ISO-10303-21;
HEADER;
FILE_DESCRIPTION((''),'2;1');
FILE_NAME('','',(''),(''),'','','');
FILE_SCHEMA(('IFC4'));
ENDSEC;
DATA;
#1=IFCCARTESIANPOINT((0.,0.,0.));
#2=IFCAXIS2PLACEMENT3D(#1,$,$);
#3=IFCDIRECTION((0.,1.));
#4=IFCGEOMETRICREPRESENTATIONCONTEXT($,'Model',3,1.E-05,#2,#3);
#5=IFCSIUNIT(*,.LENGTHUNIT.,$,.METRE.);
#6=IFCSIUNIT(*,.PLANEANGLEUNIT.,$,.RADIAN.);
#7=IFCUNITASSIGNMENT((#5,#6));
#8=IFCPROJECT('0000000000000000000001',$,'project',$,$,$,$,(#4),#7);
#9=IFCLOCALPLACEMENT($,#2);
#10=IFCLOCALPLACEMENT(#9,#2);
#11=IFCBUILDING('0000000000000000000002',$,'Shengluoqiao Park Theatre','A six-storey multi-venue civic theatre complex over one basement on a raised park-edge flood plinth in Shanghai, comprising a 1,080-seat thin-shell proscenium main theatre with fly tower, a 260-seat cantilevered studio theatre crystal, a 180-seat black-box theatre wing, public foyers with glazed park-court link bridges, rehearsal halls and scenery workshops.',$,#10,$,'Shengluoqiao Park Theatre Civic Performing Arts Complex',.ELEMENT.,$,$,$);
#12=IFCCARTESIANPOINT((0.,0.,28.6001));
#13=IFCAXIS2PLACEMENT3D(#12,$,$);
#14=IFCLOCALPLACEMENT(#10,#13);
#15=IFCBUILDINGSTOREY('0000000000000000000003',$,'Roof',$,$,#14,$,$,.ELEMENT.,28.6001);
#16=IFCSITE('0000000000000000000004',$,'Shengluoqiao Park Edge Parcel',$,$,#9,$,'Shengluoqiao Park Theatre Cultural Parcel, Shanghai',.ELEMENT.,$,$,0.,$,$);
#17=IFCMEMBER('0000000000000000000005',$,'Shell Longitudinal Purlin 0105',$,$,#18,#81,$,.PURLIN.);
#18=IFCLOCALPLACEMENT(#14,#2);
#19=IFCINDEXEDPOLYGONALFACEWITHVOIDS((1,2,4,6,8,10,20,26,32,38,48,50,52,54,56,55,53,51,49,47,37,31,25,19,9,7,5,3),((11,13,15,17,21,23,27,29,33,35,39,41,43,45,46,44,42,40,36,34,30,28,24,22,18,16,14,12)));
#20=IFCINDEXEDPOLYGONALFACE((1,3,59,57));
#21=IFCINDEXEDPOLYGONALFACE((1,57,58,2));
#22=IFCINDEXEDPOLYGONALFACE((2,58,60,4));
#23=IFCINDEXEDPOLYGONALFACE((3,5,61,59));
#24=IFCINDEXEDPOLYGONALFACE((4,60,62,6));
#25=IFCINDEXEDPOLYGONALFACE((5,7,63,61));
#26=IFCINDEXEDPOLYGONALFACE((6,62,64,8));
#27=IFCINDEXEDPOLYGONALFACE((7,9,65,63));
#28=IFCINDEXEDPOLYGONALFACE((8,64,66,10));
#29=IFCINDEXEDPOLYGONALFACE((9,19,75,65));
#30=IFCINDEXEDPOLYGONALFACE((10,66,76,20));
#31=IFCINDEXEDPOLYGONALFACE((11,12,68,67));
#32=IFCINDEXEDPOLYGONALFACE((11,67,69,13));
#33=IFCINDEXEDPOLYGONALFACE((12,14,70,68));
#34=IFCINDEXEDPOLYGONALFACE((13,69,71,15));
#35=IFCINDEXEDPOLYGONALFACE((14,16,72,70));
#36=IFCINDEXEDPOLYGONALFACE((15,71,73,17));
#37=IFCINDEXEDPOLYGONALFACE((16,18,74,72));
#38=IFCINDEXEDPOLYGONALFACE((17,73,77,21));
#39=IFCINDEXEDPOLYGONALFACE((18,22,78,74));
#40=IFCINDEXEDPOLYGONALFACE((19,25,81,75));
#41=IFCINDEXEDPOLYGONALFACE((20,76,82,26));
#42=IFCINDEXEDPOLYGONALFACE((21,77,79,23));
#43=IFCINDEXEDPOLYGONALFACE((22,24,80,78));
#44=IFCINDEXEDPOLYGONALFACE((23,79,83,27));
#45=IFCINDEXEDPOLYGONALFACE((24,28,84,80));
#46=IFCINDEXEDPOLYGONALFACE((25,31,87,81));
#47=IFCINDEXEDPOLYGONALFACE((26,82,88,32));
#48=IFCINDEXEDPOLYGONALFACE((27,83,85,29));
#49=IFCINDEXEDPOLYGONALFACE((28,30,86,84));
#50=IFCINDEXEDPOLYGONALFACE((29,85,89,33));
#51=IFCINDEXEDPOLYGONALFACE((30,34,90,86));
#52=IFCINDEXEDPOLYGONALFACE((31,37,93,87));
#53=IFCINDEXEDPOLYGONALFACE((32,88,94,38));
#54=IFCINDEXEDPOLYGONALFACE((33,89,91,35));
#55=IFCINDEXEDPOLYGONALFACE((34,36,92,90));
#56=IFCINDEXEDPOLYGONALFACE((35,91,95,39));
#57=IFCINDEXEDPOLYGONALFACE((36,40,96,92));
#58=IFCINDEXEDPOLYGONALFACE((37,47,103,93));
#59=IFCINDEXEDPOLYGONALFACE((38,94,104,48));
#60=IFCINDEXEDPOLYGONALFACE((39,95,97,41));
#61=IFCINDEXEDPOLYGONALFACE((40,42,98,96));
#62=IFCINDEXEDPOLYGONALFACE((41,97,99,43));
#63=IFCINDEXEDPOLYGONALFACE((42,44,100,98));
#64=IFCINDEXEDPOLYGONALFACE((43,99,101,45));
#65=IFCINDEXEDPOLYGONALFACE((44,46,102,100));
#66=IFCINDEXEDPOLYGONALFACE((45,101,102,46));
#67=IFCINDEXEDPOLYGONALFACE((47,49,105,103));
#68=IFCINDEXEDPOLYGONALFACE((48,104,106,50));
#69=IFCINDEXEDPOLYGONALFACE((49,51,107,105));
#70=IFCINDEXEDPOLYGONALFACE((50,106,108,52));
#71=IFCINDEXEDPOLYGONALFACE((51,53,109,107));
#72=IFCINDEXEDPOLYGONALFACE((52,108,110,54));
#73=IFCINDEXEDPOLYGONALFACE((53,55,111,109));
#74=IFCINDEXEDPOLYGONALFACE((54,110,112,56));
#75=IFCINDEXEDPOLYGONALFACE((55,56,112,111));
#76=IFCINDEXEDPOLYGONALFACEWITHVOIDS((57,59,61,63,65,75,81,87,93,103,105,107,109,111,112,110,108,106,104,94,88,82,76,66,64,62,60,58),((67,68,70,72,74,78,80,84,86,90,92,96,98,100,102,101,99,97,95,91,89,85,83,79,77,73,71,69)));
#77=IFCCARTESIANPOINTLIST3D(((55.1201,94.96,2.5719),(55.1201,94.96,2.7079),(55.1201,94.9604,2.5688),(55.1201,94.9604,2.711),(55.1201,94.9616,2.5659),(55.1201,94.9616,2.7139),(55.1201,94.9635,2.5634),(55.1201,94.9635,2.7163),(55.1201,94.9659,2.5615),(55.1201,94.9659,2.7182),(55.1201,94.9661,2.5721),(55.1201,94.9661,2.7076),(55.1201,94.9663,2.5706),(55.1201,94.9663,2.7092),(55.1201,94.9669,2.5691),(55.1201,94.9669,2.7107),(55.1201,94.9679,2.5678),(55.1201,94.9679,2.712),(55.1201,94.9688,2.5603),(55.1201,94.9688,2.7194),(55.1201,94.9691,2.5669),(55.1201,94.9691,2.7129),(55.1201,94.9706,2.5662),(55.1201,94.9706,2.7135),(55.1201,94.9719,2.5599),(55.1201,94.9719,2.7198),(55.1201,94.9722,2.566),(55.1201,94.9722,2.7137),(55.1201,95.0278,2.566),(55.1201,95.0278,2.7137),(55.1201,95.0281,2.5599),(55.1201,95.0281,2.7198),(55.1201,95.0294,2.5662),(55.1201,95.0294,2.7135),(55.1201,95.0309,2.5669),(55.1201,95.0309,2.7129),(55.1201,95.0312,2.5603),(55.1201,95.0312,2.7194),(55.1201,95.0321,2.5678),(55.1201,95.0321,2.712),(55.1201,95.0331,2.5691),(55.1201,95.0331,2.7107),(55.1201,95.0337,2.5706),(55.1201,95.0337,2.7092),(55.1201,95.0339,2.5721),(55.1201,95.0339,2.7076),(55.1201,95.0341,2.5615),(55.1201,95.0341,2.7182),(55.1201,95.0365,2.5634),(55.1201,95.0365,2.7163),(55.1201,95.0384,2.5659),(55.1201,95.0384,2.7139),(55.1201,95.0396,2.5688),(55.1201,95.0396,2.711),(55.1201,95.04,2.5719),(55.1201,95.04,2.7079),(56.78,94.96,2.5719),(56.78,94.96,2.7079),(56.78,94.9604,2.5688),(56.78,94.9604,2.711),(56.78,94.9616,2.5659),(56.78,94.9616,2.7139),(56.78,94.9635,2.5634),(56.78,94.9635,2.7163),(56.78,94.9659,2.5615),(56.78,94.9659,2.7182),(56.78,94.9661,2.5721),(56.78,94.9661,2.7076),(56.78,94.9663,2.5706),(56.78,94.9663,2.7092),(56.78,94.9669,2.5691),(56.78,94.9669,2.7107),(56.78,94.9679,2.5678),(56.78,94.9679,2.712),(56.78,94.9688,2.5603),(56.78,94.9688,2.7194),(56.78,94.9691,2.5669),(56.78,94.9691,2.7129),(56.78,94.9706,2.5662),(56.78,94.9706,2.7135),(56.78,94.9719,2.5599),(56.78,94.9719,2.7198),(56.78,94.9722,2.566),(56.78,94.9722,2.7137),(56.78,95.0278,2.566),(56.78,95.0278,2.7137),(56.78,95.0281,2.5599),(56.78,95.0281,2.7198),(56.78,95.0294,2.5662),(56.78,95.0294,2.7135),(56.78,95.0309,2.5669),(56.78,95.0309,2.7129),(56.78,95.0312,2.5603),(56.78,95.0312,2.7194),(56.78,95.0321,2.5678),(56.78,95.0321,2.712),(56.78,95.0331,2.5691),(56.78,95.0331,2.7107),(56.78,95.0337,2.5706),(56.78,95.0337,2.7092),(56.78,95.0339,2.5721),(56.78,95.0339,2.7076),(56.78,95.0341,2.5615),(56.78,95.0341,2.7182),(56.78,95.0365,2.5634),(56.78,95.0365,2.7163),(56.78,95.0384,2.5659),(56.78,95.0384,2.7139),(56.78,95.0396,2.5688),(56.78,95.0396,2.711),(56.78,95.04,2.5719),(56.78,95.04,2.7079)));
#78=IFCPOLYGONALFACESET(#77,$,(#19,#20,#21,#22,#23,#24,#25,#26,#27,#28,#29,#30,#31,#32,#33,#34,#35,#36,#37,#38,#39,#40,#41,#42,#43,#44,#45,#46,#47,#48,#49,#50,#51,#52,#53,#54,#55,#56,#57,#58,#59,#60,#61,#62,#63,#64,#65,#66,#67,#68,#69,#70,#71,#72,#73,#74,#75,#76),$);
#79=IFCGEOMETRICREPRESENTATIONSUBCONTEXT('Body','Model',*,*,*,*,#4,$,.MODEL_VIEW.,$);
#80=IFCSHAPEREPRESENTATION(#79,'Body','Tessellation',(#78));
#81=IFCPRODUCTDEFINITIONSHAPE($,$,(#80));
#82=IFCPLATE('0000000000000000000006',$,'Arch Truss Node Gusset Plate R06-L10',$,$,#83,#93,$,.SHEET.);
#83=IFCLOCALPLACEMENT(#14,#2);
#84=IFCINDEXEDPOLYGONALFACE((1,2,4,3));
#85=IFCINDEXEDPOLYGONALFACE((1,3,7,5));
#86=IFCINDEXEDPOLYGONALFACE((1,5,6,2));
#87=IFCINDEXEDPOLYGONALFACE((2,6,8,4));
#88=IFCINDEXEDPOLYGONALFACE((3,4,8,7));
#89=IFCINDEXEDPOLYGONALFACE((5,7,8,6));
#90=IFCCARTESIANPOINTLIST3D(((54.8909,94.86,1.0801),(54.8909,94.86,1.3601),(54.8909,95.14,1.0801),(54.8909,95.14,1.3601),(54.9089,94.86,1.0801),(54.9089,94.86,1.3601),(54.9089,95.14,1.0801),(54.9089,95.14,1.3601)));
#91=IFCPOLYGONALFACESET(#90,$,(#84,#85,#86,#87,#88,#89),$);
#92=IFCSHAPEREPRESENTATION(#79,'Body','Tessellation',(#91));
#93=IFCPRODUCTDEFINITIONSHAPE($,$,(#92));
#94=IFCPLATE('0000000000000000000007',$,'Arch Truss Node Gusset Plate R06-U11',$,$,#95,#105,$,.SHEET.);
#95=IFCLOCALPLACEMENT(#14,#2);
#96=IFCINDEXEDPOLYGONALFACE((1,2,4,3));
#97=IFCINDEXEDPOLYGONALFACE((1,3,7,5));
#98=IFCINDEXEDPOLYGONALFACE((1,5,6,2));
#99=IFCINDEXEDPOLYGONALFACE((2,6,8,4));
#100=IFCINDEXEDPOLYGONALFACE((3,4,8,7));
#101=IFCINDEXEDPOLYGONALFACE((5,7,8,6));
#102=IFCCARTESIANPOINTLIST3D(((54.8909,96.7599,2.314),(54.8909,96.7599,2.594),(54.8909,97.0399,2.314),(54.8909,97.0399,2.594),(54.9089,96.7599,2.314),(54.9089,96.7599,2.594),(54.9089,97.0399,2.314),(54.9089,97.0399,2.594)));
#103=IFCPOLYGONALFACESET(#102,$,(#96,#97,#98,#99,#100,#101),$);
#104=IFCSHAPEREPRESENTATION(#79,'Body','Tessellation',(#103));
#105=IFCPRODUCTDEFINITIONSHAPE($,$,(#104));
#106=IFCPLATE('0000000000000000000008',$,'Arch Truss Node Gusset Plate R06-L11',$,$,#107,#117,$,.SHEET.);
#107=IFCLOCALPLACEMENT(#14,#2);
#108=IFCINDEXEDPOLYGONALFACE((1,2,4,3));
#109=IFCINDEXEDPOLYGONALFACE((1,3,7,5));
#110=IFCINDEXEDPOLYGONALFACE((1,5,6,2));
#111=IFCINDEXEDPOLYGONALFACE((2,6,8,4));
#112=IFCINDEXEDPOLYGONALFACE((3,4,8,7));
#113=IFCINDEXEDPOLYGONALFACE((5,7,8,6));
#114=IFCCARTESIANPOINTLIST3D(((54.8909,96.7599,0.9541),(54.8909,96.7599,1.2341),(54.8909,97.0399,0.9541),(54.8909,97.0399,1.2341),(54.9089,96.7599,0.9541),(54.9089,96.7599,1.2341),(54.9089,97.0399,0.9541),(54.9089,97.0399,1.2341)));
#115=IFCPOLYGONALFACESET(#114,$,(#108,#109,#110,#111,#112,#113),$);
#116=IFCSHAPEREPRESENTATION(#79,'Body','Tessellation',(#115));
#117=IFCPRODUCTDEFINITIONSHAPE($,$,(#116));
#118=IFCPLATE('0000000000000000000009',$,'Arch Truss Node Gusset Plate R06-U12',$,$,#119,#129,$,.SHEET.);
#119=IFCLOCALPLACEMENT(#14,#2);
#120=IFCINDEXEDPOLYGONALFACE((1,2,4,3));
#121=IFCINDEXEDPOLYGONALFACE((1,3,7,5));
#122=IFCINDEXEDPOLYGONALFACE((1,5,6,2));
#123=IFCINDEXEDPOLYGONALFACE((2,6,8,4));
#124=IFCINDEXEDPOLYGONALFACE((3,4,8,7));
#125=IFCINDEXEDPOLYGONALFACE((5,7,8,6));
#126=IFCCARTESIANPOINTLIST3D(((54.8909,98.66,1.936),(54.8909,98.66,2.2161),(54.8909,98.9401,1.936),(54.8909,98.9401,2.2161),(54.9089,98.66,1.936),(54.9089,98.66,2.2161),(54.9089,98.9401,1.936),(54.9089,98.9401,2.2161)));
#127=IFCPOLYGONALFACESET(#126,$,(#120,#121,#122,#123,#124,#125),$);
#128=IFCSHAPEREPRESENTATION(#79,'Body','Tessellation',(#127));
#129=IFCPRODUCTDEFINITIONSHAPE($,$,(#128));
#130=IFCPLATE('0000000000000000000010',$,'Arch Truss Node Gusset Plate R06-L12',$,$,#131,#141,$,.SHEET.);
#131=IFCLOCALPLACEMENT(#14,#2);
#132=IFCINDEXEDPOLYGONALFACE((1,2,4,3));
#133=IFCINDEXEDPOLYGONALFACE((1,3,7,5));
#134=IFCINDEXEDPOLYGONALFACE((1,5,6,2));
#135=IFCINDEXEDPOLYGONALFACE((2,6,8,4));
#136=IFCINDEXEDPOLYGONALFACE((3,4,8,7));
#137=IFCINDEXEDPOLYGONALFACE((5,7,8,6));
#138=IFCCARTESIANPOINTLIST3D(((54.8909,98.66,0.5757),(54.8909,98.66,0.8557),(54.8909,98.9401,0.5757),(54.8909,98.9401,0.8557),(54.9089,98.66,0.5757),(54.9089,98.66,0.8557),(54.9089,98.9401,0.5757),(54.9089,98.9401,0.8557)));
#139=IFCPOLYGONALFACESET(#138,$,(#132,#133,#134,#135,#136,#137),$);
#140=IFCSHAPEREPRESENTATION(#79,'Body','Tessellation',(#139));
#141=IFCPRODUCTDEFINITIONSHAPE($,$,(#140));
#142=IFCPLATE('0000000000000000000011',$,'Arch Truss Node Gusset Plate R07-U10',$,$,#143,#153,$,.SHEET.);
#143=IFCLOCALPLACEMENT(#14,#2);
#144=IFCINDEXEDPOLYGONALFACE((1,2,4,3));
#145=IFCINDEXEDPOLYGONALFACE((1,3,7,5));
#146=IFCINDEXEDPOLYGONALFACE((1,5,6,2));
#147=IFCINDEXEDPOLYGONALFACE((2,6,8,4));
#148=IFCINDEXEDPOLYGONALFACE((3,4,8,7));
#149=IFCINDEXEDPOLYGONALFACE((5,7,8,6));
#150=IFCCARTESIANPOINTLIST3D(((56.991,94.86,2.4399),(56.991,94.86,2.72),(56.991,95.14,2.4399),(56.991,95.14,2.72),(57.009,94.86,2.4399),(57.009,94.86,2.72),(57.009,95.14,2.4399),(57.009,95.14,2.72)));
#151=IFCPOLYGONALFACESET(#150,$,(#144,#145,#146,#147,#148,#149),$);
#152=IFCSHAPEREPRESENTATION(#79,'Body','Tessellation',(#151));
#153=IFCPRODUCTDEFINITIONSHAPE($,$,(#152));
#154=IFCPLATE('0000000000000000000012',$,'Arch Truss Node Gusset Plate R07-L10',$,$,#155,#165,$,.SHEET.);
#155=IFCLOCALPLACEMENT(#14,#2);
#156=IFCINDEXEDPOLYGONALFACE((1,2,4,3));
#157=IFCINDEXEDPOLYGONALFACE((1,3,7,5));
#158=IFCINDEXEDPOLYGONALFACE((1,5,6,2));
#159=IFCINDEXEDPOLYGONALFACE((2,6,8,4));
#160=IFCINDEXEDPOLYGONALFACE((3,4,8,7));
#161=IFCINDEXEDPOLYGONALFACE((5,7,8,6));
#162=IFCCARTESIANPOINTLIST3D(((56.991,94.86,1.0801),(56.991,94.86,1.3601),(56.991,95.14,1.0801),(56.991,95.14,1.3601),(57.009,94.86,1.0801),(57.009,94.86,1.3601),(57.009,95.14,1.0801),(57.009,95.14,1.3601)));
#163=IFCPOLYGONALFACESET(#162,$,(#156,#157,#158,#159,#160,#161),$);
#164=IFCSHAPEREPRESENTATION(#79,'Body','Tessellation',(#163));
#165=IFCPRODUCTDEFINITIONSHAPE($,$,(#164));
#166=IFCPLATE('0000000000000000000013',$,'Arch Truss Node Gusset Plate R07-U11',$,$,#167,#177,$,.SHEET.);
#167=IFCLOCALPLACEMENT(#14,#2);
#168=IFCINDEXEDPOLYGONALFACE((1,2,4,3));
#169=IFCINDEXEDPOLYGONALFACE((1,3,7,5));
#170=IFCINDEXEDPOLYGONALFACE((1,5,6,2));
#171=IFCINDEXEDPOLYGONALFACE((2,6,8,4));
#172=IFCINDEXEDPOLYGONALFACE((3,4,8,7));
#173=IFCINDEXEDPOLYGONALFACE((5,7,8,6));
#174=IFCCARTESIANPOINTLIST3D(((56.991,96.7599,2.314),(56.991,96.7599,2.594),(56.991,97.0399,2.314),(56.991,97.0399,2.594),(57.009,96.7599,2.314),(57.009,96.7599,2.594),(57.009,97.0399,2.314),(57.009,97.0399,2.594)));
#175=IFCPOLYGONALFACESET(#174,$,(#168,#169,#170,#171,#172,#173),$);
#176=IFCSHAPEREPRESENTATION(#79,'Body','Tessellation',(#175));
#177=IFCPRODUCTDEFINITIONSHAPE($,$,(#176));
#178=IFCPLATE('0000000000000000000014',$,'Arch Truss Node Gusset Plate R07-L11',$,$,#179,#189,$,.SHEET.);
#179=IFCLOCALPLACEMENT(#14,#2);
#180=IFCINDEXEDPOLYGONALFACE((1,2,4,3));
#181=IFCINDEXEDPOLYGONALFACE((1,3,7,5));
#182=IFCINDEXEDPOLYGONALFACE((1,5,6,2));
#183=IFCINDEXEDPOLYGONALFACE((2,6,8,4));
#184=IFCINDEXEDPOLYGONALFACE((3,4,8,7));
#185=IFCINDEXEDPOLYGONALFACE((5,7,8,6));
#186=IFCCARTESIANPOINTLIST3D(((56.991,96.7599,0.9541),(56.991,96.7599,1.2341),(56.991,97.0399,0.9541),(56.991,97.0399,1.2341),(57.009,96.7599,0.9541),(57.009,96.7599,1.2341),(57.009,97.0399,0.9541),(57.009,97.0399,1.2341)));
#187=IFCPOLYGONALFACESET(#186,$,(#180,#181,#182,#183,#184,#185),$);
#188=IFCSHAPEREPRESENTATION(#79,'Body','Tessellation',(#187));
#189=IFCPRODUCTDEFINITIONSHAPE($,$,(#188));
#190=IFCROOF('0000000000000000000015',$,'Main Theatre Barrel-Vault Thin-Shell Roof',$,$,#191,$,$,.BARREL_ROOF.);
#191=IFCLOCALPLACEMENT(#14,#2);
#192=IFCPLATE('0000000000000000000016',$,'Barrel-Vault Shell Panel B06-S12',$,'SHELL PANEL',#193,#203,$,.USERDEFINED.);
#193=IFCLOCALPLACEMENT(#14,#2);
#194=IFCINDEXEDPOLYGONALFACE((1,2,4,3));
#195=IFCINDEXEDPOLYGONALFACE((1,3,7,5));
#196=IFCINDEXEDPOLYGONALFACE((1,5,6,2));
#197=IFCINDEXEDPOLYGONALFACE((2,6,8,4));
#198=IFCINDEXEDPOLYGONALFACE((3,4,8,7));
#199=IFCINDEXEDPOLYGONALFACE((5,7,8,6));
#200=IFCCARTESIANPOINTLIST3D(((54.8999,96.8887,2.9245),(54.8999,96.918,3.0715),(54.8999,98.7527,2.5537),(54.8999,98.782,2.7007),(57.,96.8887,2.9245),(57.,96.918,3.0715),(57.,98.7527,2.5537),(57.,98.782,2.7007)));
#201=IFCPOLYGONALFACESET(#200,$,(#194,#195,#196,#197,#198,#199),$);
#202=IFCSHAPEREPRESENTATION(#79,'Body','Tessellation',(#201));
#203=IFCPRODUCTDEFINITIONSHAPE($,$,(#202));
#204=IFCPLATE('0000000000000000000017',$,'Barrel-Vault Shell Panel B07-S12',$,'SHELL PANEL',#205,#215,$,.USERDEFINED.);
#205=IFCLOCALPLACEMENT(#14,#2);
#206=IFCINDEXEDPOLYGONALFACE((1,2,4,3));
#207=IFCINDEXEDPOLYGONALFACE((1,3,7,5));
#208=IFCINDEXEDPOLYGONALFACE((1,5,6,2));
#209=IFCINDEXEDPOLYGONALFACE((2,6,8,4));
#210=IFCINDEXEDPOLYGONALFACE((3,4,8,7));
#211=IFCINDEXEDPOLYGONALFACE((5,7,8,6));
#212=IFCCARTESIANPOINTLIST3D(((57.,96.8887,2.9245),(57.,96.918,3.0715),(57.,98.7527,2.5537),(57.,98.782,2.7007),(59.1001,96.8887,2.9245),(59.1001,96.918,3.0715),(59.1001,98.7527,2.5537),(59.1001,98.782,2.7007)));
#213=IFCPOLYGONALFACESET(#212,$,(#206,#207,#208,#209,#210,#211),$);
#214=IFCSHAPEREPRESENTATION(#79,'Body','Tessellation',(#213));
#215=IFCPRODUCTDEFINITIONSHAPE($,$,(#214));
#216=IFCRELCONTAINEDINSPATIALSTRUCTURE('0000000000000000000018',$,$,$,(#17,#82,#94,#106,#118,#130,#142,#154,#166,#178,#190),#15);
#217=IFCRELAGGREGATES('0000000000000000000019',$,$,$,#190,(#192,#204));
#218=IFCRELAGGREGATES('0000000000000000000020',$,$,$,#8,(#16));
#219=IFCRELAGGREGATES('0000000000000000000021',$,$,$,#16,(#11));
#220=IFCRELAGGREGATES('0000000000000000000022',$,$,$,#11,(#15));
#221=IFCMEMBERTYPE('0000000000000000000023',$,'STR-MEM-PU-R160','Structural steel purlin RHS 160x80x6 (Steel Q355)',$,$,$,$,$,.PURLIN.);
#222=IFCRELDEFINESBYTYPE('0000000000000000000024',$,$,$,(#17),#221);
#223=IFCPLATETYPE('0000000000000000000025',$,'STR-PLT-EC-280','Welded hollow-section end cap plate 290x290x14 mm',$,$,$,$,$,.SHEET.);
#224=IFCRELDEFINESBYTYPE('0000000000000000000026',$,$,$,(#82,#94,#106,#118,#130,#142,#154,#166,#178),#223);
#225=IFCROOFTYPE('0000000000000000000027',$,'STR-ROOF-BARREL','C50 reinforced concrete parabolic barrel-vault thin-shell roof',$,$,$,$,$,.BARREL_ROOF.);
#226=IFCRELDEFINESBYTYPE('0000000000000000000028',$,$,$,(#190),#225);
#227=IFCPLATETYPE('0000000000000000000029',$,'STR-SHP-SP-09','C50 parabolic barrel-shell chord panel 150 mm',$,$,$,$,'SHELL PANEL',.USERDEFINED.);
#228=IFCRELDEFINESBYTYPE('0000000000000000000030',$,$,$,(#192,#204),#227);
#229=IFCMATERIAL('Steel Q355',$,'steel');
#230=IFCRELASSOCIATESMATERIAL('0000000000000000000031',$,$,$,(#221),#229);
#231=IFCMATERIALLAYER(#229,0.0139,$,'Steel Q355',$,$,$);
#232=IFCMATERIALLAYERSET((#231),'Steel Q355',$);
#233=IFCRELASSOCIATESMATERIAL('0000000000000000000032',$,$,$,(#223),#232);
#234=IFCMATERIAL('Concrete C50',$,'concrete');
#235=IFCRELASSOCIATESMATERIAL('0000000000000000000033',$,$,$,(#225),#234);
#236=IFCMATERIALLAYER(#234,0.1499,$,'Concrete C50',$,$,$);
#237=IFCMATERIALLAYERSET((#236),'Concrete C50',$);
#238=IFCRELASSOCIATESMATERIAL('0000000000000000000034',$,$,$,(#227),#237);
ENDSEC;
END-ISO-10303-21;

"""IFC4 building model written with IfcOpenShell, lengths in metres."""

from ifc_helpers import new_model, si_unit, direction, frame, origin, origin_2d, place, context, subcontext, project, spatial, polyline, rectangle, hollow_rectangle, outline, extrude, material, layer, layer_set, material_profile, profile_set, type_object, element, aggregate, save


model = new_model("IFC4")

# Units and contexts
model_context = context("Model", 3, precision=1e-05, world=origin(), true_north=direction((0.0, 1.0)))
body_context = subcontext(model_context, "Body", "Model", "MODEL_VIEW")
ifc_project = project(units=[si_unit("LENGTHUNIT", "METRE"), si_unit("PLANEANGLEUNIT", "RADIAN")], contexts=[model_context])

# Site, building, storey
site_placement = place(None, origin())
site = spatial("IfcSite", under=ifc_project, at=site_placement, Name="Shengluoqiao Park Edge Parcel", LongName="Shengluoqiao Park Theatre Cultural Parcel, Shanghai", CompositionType="ELEMENT", RefElevation=0.0)
building_placement = place(site_placement, origin())
building = spatial("IfcBuilding", under=site, at=building_placement, Name="Shengluoqiao Park Theatre", Description="A six-storey multi-venue civic theatre complex over one basement on a raised park-edge flood plinth in Shanghai, comprising a 1,080-seat thin-shell proscenium main theatre with fly tower, a 260-seat cantilevered studio theatre crystal, a 180-seat black-box theatre wing, public foyers with glazed park-court link bridges, rehearsal halls and scenery workshops.", LongName="Shengluoqiao Park Theatre Civic Performing Arts Complex", CompositionType="ELEMENT")
storey_placement = place(building_placement, frame((0.0, 0.0, 28.6001)))
storey = spatial("IfcBuildingStorey", under=building, at=storey_placement, Name="Roof", CompositionType="ELEMENT", Elevation=28.6001)

# Shared definitions
ifc_material_1 = material(Name="Concrete C50", Category="concrete")
ifc_material_2 = material(Name="Steel Q355", Category="steel")

# Member
ifc_material_profile_1 = material_profile(ifc_material_2, hollow_rectangle(XDim=0.0801, YDim=0.1599, WallThickness=0.0061, InnerFilletRadius=0.0061, OuterFilletRadius=0.012, at=origin_2d()), Name="RHS 160x80x6")
ifc_profile_set_1 = profile_set([ifc_material_profile_1], Name="Steel Q355")
member_type_1 = type_object("IfcMemberType", Name="STR-MEM-PU-R160", Description="Structural steel purlin RHS 160x80x6 (Steel Q355)", PredefinedType="PURLIN", material=ifc_profile_set_1)
member_1_placement = place(storey_placement, frame((55.1201, 95.0, 2.6399), z_axis=(1.0, 0.0, 0.0), x_axis=(0.0, 1.0, 0.0)))
element("IfcMember", 1, at=member_1_placement, inside=storey, type_object=member_type_1, Name="Shell Longitudinal Purlin 0105", PredefinedType="PURLIN", context=body_context, shape_type="SweptSolid", body=[
    extrude(hollow_rectangle(XDim=0.0801, YDim=0.1599, WallThickness=0.0061, InnerFilletRadius=0.0061, OuterFilletRadius=0.012, at=origin_2d()), origin(), (0.0, 0.0, 1.0), 1.6599),
])

# Plates
ifc_layer_1 = layer(ifc_material_2, 0.0139, Name="Steel Q355")
ifc_layer_set_1 = layer_set([ifc_layer_1], Name="Steel Q355")
plate_type_1 = type_object("IfcPlateType", Name="STR-PLT-EC-280", Description="Welded hollow-section end cap plate 290x290x14 mm", PredefinedType="SHEET", material=ifc_layer_set_1)
for number, where, z_axis, x_axis, name in (
    (2, (54.8999, 95.0, 1.0801), (0.0, 0.0, 1.0), (1.0, 0.0, 0.0), "Arch Truss Node Gusset Plate R06-L10"),
    (3, (54.8999, 96.8999, 2.314), (0.0, 0.0, 1.0), (1.0, 0.0, 0.0), "Arch Truss Node Gusset Plate R06-U11"),
    (4, (54.8999, 96.8999, 0.9541), (0.0, 0.0, 1.0), (1.0, 0.0, 0.0), "Arch Truss Node Gusset Plate R06-L11"),
    (5, (54.8999, 98.8, 1.936), (0.0, 0.0, 1.0), (1.0, 0.0, 0.0), "Arch Truss Node Gusset Plate R06-U12"),
    (6, (54.8999, 98.8, 0.5757), (0.0, 0.0, 1.0), (1.0, 0.0, 0.0), "Arch Truss Node Gusset Plate R06-L12"),
    (7, (57.0, 95.0, 2.4399), (0.0, 0.0, 1.0), (1.0, 0.0, 0.0), "Arch Truss Node Gusset Plate R07-U10"),
    (8, (57.0, 95.0, 1.0801), (0.0, 0.0, 1.0), (1.0, 0.0, 0.0), "Arch Truss Node Gusset Plate R07-L10"),
    (9, (57.0, 96.8999, 2.314), (0.0, 0.0, 1.0), (1.0, 0.0, 0.0), "Arch Truss Node Gusset Plate R07-U11"),
    (10, (57.0, 96.8999, 0.9541), (0.0, 0.0, 1.0), (1.0, 0.0, 0.0), "Arch Truss Node Gusset Plate R07-L11"),
):
    element("IfcPlate", number, at=place(storey_placement, frame(where, z_axis=z_axis, x_axis=x_axis)), inside=storey, type_object=plate_type_1, Name=name, PredefinedType="SHEET", context=body_context, shape_type="SweptSolid", body=[
        extrude(rectangle(XDim=0.0181, YDim=0.28, at=origin_2d()), origin(), (0.0, 0.0, 1.0), 0.28),
    ])

# Roof, plates
roof_type = type_object("IfcRoofType", Name="STR-ROOF-BARREL", Description="C50 reinforced concrete parabolic barrel-vault thin-shell roof", PredefinedType="BARREL_ROOF", material=ifc_material_1)
roof_placement = place(storey_placement, origin())
roof = element("IfcRoof", 11, at=roof_placement, inside=storey, type_object=roof_type, Name="Main Theatre Barrel-Vault Thin-Shell Roof", PredefinedType="BARREL_ROOF")
ifc_layer_2 = layer(ifc_material_1, 0.1499, Name="Concrete C50")
ifc_layer_set_2 = layer_set([ifc_layer_2], Name="Concrete C50")
plate_type_2 = type_object("IfcPlateType", Name="STR-SHP-SP-09", Description="C50 parabolic barrel-shell chord panel 150 mm", ElementType="SHELL PANEL", PredefinedType="USERDEFINED", material=ifc_layer_set_2)
plate_1_placement = place(storey_placement, frame((54.8999, 96.918, 3.0715), z_axis=(0.0, 0.195128, 0.980778), x_axis=(1.0, 0.0, 0.0)))
plate_1 = element("IfcPlate", 12, at=plate_1_placement, type_object=plate_type_2, Name="Barrel-Vault Shell Panel B06-S12", ObjectType="SHELL PANEL", PredefinedType="USERDEFINED", context=body_context, shape_type="SweptSolid", body=[
    extrude(outline(polyline([(0.0, 0.0), (2.1001, 0.0), (2.1001, 1.9005), (0.0, 1.9005), (0.0, 0.0)])), origin(), (0.0, 0.0, -1.0), 0.1499),
])
plate_2_placement = place(storey_placement, frame((57.0, 96.918, 3.0715), z_axis=(0.0, 0.195128, 0.980778), x_axis=(1.0, 0.0, 0.0)))
plate_2 = element("IfcPlate", 13, at=plate_2_placement, type_object=plate_type_2, Name="Barrel-Vault Shell Panel B07-S12", ObjectType="SHELL PANEL", PredefinedType="USERDEFINED", context=body_context, shape_type="SweptSolid", body=[
    extrude(outline(polyline([(0.0, 0.0), (2.1001, 0.0), (2.1001, 1.9005), (0.0, 1.9005), (0.0, 0.0)])), origin(), (0.0, 0.0, -1.0), 0.1499),
])
aggregate(roof, [plate_1, plate_2])

save(model, "model.ifc")
